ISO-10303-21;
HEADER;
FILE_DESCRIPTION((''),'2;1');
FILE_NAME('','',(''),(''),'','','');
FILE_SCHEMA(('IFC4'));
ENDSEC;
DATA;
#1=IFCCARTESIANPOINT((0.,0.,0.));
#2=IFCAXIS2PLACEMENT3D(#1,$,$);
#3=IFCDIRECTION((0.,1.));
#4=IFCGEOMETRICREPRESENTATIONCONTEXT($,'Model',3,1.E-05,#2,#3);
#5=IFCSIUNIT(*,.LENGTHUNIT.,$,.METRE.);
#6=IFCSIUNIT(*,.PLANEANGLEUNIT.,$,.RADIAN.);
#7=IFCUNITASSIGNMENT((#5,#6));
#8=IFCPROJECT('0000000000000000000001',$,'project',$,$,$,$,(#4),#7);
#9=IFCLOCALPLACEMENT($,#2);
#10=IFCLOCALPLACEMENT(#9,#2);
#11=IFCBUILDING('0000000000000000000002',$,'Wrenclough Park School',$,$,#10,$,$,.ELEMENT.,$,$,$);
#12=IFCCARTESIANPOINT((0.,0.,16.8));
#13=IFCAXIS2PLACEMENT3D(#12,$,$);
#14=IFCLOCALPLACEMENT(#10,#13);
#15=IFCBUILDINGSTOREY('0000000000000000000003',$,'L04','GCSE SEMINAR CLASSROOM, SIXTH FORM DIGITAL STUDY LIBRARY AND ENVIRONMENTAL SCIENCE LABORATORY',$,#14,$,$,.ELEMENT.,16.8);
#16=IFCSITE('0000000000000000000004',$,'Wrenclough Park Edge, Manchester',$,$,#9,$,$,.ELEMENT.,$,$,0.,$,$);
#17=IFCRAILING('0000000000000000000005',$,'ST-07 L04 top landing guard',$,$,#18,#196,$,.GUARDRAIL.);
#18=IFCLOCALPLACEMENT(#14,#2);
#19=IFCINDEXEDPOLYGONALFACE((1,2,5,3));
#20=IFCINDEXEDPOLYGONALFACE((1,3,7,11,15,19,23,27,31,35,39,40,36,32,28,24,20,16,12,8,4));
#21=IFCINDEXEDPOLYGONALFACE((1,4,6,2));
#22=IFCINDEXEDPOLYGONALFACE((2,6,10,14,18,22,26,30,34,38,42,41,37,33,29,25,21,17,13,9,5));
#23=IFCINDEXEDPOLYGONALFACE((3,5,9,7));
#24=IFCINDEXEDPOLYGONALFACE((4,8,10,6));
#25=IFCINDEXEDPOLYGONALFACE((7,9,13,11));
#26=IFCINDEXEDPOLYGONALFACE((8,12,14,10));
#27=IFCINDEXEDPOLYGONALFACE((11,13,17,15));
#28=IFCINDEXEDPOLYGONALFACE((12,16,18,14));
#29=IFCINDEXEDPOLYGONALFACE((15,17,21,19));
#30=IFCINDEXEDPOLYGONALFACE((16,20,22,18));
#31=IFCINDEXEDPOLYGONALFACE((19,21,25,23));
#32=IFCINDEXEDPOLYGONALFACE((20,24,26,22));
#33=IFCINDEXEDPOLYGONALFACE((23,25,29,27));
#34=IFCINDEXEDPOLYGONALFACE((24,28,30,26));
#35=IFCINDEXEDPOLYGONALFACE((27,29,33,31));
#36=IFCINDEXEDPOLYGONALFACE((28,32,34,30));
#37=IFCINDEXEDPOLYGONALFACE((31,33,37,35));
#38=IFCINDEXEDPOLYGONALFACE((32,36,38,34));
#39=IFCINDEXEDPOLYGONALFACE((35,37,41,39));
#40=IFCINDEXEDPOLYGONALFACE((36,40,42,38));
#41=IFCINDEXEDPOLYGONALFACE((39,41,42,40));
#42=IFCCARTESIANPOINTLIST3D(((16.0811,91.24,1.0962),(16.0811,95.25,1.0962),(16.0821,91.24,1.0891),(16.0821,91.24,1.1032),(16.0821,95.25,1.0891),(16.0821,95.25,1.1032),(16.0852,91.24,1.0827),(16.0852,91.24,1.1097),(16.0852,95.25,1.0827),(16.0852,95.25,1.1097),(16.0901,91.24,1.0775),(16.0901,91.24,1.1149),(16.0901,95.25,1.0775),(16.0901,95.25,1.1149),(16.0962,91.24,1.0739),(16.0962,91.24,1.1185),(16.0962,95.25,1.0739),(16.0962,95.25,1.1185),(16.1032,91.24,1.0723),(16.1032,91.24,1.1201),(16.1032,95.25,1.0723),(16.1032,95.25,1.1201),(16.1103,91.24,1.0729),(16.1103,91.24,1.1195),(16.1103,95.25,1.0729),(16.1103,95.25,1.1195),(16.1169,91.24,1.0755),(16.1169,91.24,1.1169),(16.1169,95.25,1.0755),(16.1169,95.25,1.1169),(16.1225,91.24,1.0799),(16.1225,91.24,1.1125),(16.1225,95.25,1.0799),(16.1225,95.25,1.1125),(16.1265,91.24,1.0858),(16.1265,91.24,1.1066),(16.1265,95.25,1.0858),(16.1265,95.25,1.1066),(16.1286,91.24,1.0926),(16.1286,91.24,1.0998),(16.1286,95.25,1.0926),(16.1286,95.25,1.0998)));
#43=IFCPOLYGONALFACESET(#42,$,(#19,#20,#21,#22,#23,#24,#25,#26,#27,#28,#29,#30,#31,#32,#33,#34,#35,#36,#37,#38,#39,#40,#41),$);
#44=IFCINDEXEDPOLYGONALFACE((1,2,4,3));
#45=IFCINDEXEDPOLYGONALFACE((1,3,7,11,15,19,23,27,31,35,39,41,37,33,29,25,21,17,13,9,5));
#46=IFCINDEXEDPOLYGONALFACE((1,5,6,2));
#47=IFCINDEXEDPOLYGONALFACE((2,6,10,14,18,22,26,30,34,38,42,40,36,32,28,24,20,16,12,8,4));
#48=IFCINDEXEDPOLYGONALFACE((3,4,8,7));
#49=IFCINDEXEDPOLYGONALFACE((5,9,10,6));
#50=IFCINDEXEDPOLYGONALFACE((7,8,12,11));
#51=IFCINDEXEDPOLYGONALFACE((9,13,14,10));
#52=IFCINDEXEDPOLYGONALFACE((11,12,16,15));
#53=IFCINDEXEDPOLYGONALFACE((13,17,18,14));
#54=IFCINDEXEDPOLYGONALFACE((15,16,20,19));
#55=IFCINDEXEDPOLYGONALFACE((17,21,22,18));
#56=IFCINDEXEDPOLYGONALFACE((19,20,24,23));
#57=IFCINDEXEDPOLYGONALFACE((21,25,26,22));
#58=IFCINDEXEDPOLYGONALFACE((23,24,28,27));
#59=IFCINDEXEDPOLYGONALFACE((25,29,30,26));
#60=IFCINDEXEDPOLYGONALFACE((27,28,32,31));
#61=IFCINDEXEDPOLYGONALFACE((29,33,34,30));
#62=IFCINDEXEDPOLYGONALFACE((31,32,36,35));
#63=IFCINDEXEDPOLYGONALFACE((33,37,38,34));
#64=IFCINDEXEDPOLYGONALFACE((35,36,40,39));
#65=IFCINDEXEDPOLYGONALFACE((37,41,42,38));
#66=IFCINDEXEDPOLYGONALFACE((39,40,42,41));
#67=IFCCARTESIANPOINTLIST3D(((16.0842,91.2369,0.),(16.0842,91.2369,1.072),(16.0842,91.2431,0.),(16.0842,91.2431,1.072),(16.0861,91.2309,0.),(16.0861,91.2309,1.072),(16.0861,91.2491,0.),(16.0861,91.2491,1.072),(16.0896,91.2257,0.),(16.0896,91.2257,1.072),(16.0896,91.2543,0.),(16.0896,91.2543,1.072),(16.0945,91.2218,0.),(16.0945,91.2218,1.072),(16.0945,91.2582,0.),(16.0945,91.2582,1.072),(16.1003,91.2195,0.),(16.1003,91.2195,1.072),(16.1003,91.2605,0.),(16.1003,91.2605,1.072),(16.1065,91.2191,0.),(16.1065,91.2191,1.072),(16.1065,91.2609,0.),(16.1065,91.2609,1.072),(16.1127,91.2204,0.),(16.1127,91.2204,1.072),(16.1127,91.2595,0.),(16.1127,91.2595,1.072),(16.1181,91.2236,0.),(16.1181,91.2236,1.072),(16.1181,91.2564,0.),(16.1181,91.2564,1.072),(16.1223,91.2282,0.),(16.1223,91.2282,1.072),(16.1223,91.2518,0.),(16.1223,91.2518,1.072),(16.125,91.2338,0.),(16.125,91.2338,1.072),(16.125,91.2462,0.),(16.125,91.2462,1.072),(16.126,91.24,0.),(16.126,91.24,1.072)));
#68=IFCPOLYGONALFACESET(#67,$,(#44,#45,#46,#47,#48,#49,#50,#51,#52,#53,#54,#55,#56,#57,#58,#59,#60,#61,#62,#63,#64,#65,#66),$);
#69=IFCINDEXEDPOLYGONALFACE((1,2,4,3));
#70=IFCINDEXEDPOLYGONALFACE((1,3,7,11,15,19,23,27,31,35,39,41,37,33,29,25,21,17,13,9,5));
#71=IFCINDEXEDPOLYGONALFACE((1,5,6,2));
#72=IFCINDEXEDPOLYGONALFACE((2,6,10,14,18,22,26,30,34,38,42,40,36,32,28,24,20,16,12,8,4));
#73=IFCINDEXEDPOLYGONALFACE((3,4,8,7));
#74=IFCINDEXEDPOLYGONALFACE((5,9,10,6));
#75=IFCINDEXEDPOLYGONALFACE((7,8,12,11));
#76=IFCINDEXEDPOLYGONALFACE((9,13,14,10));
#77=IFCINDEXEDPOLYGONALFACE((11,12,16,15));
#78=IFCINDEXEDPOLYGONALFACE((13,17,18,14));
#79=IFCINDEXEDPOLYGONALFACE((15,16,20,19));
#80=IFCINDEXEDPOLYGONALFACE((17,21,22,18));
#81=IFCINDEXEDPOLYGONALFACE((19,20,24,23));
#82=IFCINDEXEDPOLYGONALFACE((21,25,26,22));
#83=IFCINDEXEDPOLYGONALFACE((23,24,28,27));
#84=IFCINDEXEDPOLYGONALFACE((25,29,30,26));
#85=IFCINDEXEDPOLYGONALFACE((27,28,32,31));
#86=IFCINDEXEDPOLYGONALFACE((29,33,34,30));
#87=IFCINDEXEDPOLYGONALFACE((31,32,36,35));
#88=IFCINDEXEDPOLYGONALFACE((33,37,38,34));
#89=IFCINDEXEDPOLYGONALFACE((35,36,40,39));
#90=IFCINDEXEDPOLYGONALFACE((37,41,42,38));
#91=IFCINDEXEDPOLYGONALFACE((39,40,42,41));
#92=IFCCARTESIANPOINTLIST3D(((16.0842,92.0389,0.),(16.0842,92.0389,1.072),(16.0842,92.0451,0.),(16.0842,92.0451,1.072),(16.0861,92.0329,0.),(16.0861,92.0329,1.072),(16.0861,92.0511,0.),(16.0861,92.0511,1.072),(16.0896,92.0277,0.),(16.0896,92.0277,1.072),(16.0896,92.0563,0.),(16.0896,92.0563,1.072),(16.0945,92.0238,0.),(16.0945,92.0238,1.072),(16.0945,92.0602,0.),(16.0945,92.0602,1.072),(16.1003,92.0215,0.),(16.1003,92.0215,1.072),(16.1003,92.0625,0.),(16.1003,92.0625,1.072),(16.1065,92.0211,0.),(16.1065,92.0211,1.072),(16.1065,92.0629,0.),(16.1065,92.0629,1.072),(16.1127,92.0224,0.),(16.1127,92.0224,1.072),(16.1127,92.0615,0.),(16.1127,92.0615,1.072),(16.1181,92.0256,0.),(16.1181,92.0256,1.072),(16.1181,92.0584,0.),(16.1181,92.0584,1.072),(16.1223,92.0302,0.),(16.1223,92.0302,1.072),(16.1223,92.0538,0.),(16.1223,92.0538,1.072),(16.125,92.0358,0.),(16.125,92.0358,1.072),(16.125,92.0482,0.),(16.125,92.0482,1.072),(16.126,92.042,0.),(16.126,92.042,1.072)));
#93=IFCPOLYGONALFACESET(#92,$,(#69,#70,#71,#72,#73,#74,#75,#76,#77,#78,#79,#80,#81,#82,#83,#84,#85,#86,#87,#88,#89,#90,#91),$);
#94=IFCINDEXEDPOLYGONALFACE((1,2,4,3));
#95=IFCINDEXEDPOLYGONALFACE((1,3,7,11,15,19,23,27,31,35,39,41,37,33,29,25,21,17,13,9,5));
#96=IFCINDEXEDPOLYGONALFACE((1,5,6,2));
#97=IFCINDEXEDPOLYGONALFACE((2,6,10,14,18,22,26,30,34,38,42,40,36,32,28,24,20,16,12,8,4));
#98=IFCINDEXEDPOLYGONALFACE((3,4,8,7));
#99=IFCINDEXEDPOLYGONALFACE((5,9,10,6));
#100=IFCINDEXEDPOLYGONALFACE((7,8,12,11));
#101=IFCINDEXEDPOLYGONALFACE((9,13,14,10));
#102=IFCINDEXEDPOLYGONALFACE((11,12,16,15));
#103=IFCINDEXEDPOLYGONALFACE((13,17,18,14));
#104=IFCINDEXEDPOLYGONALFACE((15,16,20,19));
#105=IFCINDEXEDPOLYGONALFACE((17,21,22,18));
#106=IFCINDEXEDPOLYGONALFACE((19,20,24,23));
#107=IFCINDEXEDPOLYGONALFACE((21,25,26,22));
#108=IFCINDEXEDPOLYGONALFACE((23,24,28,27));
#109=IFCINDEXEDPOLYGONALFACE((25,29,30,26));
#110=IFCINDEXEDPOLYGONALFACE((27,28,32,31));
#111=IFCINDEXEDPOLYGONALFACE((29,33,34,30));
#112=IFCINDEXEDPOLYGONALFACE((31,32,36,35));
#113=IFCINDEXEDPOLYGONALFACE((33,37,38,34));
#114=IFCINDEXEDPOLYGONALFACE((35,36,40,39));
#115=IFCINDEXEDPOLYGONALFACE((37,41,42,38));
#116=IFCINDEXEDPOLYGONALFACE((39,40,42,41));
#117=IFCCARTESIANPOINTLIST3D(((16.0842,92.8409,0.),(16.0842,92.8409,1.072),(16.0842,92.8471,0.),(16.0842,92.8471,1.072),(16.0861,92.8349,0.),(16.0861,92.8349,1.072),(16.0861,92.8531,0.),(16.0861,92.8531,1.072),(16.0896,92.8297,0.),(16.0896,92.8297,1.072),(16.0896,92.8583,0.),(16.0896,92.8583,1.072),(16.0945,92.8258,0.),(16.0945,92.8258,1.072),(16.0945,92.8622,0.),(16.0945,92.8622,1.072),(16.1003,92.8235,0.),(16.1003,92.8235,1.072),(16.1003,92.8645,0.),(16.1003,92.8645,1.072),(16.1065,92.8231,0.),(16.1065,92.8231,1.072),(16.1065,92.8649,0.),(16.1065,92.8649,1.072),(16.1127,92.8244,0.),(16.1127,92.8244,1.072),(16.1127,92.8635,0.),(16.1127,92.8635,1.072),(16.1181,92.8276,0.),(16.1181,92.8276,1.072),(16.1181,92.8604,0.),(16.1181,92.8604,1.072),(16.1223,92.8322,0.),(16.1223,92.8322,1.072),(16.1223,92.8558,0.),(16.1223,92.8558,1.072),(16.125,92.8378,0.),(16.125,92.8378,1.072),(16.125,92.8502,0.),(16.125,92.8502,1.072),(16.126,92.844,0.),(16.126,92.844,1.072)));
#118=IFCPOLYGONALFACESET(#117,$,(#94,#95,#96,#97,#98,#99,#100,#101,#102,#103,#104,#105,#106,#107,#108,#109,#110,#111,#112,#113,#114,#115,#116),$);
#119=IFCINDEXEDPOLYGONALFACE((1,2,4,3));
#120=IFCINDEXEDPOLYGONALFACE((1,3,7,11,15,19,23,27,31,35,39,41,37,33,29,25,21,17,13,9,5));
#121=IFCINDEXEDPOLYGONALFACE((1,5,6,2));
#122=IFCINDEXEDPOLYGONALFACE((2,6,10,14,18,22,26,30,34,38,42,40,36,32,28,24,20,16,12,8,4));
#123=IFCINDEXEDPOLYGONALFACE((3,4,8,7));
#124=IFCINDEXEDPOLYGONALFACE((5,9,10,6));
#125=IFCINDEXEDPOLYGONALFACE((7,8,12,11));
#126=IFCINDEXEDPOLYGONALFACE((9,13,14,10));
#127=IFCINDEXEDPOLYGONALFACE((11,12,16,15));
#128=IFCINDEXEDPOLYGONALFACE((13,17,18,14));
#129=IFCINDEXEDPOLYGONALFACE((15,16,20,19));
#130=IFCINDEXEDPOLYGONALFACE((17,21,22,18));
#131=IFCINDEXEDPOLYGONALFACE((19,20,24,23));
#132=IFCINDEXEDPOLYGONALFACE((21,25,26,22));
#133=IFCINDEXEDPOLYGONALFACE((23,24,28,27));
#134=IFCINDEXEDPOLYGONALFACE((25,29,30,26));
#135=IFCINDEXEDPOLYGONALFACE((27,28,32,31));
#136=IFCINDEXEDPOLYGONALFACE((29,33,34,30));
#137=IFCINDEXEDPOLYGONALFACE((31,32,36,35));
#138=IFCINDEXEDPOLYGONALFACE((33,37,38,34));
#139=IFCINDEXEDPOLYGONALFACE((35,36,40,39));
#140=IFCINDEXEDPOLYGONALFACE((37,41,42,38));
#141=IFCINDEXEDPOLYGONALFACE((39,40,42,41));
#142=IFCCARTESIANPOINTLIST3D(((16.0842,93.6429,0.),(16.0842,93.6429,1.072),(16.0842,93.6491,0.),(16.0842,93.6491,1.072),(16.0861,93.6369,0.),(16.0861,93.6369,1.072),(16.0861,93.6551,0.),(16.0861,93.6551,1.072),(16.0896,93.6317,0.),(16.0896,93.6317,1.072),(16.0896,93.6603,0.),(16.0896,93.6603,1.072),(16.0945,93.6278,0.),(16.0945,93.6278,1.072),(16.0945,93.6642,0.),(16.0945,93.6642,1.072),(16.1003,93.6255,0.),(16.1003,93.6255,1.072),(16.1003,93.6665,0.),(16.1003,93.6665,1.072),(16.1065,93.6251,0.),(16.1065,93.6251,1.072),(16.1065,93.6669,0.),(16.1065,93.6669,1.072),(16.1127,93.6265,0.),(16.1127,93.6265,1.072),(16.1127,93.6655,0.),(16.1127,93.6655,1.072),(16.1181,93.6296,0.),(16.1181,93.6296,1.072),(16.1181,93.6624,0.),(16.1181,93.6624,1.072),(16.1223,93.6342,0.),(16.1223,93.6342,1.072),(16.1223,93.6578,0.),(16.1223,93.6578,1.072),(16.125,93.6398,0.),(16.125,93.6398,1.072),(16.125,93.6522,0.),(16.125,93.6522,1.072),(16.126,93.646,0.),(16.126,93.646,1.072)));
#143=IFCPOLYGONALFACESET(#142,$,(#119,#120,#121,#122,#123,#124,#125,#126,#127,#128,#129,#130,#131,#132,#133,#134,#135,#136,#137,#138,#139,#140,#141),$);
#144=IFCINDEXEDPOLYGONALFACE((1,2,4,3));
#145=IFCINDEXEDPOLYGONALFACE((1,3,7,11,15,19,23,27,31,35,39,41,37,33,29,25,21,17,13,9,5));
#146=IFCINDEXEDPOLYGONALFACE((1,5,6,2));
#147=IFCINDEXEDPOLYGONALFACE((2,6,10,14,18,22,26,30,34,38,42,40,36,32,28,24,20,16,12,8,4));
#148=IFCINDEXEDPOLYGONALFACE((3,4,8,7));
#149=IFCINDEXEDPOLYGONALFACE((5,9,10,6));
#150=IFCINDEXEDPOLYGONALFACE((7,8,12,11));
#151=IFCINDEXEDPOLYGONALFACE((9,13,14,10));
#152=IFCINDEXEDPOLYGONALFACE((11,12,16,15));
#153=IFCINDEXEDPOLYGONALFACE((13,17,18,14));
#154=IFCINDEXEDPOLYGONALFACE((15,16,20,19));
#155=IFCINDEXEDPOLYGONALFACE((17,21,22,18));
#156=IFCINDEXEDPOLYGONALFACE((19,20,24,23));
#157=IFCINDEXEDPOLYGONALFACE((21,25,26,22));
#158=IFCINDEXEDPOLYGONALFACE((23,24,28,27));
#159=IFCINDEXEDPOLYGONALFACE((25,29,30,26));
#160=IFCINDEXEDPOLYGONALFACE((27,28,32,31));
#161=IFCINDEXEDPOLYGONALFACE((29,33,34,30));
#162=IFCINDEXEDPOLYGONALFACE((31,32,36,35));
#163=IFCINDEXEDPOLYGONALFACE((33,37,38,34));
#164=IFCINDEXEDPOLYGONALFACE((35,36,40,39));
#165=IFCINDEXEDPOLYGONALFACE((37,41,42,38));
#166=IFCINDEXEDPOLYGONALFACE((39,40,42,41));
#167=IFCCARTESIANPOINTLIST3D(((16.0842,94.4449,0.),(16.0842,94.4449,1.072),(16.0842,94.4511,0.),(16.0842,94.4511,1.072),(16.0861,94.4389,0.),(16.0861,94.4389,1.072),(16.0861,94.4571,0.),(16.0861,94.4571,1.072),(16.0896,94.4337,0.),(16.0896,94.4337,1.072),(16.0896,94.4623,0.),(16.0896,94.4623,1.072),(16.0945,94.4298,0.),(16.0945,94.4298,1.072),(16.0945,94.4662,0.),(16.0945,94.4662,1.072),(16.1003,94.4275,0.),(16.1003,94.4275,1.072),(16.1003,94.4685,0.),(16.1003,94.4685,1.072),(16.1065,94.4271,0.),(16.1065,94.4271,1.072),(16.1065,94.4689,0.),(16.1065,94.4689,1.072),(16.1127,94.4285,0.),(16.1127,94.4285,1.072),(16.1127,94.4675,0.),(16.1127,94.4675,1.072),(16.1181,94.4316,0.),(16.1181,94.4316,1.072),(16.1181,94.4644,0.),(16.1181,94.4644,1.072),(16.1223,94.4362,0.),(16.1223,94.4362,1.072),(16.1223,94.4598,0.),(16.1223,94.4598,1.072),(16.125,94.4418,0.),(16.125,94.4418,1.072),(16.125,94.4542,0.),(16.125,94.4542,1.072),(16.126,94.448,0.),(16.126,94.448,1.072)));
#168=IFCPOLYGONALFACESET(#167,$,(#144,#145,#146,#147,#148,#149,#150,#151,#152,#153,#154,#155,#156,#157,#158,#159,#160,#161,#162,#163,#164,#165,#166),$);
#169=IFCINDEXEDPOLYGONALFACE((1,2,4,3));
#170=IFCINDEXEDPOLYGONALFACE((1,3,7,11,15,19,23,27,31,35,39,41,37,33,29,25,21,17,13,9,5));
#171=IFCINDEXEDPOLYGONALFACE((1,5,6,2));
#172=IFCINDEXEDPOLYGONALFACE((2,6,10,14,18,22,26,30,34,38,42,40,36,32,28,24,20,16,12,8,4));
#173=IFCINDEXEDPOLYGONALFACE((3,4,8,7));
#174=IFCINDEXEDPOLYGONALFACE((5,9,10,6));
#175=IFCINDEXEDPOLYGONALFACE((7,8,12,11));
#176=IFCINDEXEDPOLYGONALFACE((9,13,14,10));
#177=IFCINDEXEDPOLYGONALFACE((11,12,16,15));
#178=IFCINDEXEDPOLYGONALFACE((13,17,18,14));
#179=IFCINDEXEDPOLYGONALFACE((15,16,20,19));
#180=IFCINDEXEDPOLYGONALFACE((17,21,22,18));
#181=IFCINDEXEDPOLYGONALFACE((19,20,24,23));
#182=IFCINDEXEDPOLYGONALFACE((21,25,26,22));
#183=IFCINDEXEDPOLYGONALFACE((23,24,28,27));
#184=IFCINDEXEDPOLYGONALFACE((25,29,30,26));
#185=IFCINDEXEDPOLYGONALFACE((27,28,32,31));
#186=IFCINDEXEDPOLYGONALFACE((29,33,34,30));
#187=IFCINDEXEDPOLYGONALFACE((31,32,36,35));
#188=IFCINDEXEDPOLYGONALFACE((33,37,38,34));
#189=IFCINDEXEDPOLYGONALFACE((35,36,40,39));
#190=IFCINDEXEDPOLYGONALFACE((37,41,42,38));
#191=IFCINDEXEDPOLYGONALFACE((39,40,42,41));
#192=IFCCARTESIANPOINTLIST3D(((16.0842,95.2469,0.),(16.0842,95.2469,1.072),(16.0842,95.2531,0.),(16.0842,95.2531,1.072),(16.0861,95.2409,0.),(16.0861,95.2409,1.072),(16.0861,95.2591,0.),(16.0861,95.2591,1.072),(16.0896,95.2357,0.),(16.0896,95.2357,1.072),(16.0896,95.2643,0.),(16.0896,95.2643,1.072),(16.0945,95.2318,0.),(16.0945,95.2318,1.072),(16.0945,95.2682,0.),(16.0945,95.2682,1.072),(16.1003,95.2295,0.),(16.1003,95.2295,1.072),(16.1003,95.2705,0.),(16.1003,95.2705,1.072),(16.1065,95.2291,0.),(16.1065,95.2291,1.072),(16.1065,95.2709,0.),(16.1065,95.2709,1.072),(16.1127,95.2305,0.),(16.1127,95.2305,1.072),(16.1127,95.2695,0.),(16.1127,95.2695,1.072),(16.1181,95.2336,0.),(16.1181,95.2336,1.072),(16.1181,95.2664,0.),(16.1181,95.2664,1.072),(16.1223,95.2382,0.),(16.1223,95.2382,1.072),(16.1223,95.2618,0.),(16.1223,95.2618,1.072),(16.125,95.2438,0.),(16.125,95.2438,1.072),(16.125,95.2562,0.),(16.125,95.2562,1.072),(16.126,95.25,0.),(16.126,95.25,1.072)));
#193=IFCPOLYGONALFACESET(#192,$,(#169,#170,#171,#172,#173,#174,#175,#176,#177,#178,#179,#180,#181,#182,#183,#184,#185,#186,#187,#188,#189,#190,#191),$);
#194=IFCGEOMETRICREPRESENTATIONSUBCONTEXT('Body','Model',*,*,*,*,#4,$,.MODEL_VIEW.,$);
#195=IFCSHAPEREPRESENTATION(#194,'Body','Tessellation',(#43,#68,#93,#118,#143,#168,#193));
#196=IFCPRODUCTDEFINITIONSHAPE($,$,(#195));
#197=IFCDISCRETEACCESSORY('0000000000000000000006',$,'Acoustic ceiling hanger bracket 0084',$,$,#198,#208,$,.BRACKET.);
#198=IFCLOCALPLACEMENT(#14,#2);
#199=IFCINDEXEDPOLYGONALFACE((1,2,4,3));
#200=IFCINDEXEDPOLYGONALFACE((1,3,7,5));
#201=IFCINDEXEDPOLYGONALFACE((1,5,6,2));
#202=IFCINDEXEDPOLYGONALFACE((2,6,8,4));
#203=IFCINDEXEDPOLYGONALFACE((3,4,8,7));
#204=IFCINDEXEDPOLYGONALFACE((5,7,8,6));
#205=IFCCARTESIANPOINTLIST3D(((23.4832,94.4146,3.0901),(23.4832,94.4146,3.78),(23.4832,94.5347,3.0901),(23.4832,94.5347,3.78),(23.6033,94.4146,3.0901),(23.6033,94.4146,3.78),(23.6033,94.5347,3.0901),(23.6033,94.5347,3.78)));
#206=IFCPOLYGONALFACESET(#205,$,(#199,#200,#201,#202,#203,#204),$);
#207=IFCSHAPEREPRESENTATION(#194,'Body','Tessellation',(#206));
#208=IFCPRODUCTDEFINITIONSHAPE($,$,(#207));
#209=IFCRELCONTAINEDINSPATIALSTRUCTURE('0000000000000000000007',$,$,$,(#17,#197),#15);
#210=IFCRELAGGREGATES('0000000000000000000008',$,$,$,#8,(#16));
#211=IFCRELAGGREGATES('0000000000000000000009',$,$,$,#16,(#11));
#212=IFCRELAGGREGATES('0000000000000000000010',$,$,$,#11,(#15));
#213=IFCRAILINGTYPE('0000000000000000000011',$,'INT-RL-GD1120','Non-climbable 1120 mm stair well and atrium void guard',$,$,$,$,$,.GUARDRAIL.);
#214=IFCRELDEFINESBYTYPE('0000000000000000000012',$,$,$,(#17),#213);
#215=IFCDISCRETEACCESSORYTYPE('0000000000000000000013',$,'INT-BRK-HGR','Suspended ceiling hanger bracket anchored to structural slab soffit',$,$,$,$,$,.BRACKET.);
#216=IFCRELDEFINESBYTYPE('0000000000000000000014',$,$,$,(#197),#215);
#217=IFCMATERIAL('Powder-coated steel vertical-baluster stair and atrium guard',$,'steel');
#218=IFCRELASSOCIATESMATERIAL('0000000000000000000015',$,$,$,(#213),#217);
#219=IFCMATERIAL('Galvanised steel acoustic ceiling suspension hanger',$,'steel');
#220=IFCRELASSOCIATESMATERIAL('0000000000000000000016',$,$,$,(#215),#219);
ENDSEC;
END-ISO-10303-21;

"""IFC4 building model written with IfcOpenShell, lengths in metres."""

from ifc_helpers import new_model, si_unit, direction, frame, origin, origin_2d, place, context, subcontext, project, spatial, rectangle, circle, extrude, material, type_object, element, save


model = new_model("IFC4")

# Units and contexts
model_context = context("Model", 3, precision=1e-05, world=origin(), true_north=direction((0.0, 1.0)))
body_context = subcontext(model_context, "Body", "Model", "MODEL_VIEW")
ifc_project = project(units=[si_unit("LENGTHUNIT", "METRE"), si_unit("PLANEANGLEUNIT", "RADIAN")], contexts=[model_context])

# Site, building, storey
site_placement = place(None, origin())
site = spatial("IfcSite", under=ifc_project, at=site_placement, Name="Wrenclough Park Edge, Manchester", CompositionType="ELEMENT", RefElevation=0.0)
building_placement = place(site_placement, origin())
building = spatial("IfcBuilding", under=site, at=building_placement, Name="Wrenclough Park School", CompositionType="ELEMENT")
storey_placement = place(building_placement, frame((0.0, 0.0, 16.8)))
storey = spatial("IfcBuildingStorey", under=building, at=storey_placement, Name="L04", Description="GCSE SEMINAR CLASSROOM, SIXTH FORM DIGITAL STUDY LIBRARY AND ENVIRONMENTAL SCIENCE LABORATORY", CompositionType="ELEMENT", Elevation=16.8)

# Railing
ifc_material_1 = material(Name="Powder-coated steel vertical-baluster stair and atrium guard", Category="steel")
railing_type = type_object("IfcRailingType", Name="INT-RL-GD1120", Description="Non-climbable 1120 mm stair well and atrium void guard", PredefinedType="GUARDRAIL", material=ifc_material_1)
railing_placement = place(storey_placement, frame((16.105, 91.24, 0.0)))
element("IfcRailing", 1, at=railing_placement, inside=storey, type_object=railing_type, Name="ST-07 L04 top landing guard", PredefinedType="GUARDRAIL", context=body_context, shape_type="SweptSolid", body=[
    extrude(circle(Radius=0.0239, at=origin_2d()), frame((0.0, 0.0, 1.0962), z_axis=(0.0, 1.0, 0.0), x_axis=(-1.0, 0.0, 0.0)), (0.0, 0.0, 1.0), 4.01),
    extrude(circle(Radius=0.021, at=origin_2d()), origin(), (0.0, 0.0, 1.0), 1.072),
    extrude(circle(Radius=0.021, at=origin_2d()), frame((0.0, 0.802, 0.0)), (0.0, 0.0, 1.0), 1.072),
    extrude(circle(Radius=0.021, at=origin_2d()), frame((0.0, 1.604, 0.0)), (0.0, 0.0, 1.0), 1.072),
    extrude(circle(Radius=0.021, at=origin_2d()), frame((0.0, 2.406, 0.0)), (0.0, 0.0, 1.0), 1.072),
    extrude(circle(Radius=0.021, at=origin_2d()), frame((0.0, 3.208, 0.0)), (0.0, 0.0, 1.0), 1.072),
    extrude(circle(Radius=0.021, at=origin_2d()), frame((0.0, 4.01, 0.0)), (0.0, 0.0, 1.0), 1.072),
])

# Discrete accessory
ifc_material_2 = material(Name="Galvanised steel acoustic ceiling suspension hanger", Category="steel")
discrete_accessory_type = type_object("IfcDiscreteAccessoryType", Name="INT-BRK-HGR", Description="Suspended ceiling hanger bracket anchored to structural slab soffit", PredefinedType="BRACKET", material=ifc_material_2)
discrete_accessory_placement = place(storey_placement, frame((23.5432, 94.4746, 3.0901), z_axis=(0.0, 0.0, 1.0), x_axis=(1.0, 0.0, 0.0)))
element("IfcDiscreteAccessory", 2, at=discrete_accessory_placement, inside=storey, type_object=discrete_accessory_type, Name="Acoustic ceiling hanger bracket 0084", PredefinedType="BRACKET", context=body_context, shape_type="SweptSolid", body=[
    extrude(rectangle(XDim=0.1201, YDim=0.1201, at=origin_2d()), origin(), (0.0, 0.0, 1.0), 0.6899),
])

save(model, "model.ifc")
